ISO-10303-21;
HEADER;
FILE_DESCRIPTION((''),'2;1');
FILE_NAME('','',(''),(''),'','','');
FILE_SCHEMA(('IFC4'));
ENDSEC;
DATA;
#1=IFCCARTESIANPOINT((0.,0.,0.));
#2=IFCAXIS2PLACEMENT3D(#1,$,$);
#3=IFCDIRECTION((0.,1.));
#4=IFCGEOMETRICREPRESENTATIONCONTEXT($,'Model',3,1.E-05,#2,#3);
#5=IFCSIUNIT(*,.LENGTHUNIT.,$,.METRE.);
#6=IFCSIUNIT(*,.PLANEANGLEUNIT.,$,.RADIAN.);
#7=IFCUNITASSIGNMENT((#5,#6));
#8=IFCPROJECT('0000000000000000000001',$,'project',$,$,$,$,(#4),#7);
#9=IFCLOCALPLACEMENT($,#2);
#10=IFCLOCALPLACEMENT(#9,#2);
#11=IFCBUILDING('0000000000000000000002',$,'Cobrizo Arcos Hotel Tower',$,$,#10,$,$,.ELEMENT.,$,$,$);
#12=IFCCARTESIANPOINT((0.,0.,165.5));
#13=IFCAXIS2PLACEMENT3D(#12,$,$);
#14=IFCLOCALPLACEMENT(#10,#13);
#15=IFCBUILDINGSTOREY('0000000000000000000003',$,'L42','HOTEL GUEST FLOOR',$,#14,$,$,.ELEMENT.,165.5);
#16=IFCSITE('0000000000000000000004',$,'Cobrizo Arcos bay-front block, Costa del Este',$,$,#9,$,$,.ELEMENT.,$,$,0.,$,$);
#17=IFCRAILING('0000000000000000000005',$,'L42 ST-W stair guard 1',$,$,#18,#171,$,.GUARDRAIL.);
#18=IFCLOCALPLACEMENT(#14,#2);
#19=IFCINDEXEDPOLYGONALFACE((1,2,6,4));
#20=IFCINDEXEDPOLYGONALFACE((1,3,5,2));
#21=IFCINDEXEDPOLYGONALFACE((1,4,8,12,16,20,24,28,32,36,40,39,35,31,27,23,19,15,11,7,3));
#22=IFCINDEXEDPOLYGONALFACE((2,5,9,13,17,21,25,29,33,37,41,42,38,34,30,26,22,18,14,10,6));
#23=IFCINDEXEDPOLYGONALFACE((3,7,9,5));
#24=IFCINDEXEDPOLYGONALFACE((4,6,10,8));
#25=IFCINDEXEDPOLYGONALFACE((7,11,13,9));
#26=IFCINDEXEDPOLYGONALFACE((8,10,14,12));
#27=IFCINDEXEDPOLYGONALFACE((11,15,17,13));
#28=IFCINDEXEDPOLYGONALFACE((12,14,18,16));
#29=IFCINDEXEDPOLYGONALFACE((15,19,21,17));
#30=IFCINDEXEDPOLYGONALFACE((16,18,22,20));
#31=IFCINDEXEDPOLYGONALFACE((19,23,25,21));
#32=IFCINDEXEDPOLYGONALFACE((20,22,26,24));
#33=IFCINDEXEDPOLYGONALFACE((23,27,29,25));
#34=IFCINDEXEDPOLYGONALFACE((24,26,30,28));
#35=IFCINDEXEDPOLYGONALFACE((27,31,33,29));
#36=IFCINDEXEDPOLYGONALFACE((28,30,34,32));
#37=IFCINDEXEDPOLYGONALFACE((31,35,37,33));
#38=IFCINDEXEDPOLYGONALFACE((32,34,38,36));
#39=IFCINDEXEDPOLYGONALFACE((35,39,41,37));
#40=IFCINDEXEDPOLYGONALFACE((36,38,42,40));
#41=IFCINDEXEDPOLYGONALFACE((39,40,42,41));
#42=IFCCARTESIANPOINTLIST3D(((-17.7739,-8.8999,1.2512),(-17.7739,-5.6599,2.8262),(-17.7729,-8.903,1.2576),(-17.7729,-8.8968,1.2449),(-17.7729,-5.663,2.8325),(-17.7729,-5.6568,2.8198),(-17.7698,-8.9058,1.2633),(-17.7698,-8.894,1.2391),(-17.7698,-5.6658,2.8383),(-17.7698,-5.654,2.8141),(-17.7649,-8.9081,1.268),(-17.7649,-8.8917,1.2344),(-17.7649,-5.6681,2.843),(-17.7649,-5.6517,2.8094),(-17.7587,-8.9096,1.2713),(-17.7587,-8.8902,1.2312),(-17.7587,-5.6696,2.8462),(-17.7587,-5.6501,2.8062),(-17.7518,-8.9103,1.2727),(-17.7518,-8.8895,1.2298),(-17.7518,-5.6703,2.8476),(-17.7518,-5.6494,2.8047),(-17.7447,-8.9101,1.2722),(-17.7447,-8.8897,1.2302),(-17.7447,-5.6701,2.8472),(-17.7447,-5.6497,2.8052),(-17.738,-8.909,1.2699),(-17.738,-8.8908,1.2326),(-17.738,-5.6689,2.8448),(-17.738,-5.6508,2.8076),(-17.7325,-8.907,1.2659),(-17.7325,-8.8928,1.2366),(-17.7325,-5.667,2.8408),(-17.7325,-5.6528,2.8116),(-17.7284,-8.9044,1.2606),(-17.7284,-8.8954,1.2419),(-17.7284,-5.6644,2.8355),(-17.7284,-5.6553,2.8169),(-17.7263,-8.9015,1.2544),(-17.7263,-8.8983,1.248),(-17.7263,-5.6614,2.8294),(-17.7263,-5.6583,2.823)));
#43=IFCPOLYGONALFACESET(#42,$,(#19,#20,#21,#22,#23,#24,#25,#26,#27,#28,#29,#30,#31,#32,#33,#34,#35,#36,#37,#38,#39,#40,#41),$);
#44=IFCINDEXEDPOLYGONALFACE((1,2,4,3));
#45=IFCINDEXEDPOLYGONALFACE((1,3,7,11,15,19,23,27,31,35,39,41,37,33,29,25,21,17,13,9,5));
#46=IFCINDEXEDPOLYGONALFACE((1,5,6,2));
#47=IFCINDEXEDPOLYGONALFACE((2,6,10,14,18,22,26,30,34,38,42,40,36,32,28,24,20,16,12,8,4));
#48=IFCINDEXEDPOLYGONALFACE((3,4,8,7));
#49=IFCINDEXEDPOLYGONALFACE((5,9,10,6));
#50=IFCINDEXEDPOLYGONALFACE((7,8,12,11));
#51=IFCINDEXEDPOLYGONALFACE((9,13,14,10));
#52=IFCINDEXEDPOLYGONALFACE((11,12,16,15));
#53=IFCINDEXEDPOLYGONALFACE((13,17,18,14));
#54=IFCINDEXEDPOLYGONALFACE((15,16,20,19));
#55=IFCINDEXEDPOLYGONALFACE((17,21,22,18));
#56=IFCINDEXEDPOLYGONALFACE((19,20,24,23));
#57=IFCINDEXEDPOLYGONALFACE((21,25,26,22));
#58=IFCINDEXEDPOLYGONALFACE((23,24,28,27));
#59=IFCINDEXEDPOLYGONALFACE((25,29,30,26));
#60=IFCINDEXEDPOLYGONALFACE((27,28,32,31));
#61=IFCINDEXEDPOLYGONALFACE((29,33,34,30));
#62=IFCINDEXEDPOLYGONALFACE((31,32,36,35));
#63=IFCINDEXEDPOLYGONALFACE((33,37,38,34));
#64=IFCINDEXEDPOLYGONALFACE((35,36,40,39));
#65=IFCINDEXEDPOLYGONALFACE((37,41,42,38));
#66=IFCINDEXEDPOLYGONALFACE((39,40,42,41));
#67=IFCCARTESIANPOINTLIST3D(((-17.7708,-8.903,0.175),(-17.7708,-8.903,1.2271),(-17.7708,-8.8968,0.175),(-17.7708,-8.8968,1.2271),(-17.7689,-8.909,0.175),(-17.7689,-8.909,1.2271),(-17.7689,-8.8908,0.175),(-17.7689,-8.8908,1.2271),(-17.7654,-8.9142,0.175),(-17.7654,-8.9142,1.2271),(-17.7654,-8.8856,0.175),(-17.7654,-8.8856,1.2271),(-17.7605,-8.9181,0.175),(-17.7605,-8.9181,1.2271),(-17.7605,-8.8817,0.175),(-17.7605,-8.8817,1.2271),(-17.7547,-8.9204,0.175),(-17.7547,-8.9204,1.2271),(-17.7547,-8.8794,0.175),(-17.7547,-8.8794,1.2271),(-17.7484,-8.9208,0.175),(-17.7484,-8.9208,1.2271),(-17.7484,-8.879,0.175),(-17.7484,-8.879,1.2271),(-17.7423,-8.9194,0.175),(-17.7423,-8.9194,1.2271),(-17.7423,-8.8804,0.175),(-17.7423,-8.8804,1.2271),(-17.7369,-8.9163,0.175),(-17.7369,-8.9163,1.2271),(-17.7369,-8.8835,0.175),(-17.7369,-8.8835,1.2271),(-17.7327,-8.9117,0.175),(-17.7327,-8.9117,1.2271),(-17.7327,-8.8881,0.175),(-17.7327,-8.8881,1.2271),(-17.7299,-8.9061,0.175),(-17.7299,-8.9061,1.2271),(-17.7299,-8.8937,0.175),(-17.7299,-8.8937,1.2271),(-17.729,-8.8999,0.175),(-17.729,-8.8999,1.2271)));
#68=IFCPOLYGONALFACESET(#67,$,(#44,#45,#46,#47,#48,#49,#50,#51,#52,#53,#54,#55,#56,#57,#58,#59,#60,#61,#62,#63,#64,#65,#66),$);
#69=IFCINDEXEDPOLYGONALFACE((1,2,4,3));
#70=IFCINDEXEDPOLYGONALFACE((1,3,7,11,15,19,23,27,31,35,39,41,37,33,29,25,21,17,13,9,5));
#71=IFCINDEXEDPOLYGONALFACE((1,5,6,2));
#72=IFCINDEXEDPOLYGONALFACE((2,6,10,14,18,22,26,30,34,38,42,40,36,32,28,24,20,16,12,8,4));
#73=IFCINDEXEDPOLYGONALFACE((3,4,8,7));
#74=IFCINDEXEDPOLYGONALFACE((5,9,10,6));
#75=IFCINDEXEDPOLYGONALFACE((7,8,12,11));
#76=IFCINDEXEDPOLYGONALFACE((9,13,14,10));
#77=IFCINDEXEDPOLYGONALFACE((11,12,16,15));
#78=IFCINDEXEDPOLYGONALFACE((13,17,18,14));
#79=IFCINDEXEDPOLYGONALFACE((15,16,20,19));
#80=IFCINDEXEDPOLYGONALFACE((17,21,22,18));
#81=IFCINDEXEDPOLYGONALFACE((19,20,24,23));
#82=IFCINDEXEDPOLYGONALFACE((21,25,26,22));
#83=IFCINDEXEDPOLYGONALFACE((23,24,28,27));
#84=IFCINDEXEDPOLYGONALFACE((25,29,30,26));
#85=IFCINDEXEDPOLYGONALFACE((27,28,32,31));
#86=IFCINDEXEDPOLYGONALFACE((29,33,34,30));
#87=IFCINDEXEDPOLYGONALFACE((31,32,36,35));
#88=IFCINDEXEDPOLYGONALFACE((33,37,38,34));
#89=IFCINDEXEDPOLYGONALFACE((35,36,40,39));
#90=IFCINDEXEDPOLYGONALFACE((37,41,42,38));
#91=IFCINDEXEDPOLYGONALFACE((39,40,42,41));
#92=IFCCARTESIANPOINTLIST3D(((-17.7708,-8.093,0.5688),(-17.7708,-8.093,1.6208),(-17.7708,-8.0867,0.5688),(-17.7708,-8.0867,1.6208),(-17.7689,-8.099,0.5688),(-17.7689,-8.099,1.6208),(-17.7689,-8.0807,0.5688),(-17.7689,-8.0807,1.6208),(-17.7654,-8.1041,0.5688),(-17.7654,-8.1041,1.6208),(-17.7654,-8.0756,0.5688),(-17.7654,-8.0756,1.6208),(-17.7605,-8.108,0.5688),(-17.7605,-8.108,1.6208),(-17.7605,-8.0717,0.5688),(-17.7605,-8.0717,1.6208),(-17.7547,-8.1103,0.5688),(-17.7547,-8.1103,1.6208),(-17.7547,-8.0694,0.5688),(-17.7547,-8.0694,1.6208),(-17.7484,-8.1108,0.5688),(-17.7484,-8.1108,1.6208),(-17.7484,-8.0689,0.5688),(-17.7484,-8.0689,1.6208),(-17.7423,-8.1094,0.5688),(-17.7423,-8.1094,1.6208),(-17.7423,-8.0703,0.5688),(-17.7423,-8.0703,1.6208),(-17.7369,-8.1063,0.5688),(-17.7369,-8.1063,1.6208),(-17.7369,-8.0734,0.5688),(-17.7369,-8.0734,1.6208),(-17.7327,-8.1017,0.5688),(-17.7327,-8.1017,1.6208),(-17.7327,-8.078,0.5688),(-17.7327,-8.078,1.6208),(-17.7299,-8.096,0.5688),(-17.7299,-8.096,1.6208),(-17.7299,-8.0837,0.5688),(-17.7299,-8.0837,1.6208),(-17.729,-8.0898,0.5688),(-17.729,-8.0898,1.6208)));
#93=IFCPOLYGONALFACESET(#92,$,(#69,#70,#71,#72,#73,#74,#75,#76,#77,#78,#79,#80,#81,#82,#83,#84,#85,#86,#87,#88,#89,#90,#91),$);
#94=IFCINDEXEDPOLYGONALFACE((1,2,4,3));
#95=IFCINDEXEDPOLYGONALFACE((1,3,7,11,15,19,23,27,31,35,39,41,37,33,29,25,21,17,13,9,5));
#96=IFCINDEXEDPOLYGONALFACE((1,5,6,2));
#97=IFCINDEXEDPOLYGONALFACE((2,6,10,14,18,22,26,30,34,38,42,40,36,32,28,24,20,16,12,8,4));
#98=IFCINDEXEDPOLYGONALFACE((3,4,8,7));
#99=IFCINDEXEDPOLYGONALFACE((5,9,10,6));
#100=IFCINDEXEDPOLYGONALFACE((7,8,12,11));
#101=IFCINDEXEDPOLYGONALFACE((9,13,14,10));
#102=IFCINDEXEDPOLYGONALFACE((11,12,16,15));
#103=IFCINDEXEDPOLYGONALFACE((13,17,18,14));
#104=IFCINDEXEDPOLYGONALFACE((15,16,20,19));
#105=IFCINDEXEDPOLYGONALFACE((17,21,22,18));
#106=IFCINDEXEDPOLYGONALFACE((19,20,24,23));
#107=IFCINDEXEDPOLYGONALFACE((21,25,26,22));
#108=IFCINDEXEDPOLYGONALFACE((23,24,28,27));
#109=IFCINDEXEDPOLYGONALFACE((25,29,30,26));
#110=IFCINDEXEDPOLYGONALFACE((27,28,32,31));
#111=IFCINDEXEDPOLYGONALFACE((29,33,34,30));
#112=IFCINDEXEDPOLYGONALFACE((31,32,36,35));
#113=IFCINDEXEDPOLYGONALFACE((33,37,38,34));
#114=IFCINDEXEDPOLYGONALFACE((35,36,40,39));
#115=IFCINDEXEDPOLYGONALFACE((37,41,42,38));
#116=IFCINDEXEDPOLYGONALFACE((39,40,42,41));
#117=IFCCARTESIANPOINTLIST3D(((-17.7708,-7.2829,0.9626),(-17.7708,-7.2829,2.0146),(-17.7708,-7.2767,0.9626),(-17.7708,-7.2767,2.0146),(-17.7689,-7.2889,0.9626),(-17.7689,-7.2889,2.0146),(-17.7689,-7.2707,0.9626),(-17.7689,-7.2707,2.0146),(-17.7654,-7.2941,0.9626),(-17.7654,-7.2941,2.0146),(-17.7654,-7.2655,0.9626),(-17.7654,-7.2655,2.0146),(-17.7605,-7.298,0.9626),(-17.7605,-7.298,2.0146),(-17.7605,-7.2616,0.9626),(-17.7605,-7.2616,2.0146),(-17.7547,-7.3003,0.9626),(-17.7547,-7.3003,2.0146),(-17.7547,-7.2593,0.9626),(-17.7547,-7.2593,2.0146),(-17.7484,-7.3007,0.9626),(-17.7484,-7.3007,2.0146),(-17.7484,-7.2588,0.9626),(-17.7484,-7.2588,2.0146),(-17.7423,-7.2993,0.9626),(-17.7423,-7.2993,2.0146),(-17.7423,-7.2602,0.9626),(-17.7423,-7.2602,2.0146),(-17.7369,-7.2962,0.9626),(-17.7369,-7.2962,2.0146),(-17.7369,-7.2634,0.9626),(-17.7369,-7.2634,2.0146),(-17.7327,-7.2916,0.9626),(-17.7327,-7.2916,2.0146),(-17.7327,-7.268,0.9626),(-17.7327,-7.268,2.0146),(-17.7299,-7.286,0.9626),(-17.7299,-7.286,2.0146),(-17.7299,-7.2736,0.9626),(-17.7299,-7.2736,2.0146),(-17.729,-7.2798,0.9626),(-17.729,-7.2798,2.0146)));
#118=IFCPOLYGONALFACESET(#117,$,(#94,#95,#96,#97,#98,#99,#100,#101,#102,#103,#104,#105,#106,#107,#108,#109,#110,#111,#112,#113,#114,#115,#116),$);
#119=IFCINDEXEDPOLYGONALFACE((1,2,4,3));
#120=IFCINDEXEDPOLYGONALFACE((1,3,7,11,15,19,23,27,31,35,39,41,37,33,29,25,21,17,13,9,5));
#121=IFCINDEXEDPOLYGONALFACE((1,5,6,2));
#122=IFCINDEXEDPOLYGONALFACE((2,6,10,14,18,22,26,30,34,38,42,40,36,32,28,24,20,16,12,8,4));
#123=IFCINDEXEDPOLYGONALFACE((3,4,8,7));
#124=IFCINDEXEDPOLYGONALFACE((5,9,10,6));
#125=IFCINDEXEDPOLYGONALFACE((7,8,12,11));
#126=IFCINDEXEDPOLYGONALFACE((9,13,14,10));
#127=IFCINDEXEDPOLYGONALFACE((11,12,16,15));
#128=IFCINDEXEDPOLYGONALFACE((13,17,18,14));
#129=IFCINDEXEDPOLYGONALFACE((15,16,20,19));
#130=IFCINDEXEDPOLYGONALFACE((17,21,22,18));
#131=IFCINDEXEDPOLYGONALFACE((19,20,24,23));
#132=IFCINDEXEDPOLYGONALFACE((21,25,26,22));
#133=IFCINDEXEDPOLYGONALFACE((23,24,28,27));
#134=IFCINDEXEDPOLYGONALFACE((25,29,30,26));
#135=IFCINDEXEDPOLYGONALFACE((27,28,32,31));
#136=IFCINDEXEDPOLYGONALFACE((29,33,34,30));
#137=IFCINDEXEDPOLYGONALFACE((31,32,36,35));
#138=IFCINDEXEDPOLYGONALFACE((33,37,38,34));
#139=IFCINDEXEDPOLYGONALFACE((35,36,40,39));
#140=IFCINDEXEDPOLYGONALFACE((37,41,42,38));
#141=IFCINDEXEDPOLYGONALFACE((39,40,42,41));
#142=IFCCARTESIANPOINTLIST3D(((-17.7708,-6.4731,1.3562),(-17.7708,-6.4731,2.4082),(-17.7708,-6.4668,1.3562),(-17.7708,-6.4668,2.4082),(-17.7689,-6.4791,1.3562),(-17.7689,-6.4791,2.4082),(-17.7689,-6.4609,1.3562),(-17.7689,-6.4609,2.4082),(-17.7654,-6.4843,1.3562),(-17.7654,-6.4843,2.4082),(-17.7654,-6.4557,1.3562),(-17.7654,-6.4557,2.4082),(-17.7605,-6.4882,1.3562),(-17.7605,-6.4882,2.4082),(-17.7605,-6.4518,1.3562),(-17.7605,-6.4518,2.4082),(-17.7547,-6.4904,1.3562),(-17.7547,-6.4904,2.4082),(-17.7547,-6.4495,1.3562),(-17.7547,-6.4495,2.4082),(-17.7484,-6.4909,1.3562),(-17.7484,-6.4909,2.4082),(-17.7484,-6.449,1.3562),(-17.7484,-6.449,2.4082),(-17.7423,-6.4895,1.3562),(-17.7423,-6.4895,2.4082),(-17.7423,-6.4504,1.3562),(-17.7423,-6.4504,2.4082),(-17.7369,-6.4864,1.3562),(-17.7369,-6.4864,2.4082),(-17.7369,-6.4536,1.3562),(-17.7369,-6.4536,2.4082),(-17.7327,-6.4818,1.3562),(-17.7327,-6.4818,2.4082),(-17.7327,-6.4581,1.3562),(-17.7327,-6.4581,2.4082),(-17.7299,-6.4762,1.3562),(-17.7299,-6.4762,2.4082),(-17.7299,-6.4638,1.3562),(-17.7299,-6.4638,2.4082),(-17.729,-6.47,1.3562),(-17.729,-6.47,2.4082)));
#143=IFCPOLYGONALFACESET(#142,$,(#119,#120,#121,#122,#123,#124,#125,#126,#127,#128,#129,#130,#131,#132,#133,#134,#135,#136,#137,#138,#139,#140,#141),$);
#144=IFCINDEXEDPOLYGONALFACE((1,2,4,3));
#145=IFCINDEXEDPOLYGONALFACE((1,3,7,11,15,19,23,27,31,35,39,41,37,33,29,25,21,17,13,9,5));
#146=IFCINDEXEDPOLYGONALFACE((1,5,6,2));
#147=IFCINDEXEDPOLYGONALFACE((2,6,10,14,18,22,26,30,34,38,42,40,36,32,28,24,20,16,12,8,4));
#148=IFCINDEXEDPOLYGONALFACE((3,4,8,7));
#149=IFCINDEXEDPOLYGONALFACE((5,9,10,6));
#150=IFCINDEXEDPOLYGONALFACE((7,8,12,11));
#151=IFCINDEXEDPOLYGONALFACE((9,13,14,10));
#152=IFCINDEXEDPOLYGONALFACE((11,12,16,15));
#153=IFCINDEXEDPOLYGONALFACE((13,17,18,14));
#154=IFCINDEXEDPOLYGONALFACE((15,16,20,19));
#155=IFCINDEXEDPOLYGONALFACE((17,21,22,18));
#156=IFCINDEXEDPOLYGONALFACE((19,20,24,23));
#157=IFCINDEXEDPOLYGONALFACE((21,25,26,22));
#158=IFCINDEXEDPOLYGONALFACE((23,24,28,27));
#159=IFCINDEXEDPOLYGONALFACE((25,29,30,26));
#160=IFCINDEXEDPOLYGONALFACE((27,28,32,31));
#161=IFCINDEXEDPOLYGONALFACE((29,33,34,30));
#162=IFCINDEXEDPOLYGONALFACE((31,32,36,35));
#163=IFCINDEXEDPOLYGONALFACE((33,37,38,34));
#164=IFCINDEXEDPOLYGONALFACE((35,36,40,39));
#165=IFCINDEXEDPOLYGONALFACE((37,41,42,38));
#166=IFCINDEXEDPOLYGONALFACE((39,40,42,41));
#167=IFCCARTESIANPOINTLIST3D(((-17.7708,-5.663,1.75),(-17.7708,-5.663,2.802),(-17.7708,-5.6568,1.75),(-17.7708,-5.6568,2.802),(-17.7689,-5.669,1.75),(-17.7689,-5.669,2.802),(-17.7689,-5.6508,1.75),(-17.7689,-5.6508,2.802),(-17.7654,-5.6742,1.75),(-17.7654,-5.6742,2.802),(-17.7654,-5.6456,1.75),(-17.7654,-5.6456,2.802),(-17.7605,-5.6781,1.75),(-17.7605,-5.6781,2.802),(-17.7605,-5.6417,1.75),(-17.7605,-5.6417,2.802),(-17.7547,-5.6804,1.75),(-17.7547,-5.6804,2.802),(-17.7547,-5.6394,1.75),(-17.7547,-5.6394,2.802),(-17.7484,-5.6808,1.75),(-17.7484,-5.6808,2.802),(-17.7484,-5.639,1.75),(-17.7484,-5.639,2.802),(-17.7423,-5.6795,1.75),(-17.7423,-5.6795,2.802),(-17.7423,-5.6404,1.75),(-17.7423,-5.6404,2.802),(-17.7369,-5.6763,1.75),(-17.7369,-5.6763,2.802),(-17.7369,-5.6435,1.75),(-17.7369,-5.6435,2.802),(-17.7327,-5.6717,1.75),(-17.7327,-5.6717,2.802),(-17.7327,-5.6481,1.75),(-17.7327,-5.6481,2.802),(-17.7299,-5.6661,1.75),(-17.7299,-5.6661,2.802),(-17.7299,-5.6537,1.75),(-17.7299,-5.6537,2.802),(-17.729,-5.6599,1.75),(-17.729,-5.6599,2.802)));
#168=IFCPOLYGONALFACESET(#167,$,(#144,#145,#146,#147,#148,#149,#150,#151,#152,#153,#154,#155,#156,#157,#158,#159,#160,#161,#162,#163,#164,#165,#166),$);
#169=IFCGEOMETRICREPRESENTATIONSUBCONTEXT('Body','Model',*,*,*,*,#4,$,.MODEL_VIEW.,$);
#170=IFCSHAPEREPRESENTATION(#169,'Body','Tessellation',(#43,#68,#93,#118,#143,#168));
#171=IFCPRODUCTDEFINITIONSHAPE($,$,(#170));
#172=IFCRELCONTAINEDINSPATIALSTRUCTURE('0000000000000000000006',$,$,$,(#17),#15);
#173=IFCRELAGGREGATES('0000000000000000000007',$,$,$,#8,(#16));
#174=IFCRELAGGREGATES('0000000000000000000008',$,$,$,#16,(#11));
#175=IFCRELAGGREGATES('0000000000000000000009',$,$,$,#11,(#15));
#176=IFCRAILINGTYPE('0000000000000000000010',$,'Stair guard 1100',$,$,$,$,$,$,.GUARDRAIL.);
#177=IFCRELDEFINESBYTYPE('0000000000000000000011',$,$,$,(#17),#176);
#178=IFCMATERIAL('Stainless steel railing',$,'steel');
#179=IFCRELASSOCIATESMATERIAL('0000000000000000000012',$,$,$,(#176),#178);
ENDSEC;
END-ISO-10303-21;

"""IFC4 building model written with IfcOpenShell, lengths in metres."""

from ifc_helpers import new_model, si_unit, direction, frame, origin, origin_2d, place, context, subcontext, project, spatial, circle, extrude, material, type_object, element, save


model = new_model("IFC4")

# Units and contexts
model_context = context("Model", 3, precision=1e-05, world=origin(), true_north=direction((0.0, 1.0)))
body_context = subcontext(model_context, "Body", "Model", "MODEL_VIEW")
ifc_project = project(units=[si_unit("LENGTHUNIT", "METRE"), si_unit("PLANEANGLEUNIT", "RADIAN")], contexts=[model_context])

# Site, building, storey
site_placement = place(None, origin())
site = spatial("IfcSite", under=ifc_project, at=site_placement, Name="Cobrizo Arcos bay-front block, Costa del Este", CompositionType="ELEMENT", RefElevation=0.0)
building_placement = place(site_placement, origin())
building = spatial("IfcBuilding", under=site, at=building_placement, Name="Cobrizo Arcos Hotel Tower", CompositionType="ELEMENT")
storey_placement = place(building_placement, frame((0.0, 0.0, 165.5)))
storey = spatial("IfcBuildingStorey", under=building, at=storey_placement, Name="L42", Description="HOTEL GUEST FLOOR", CompositionType="ELEMENT", Elevation=165.5)

# Railing
ifc_material_1 = material(Name="Stainless steel railing", Category="steel")
railing_type_1 = type_object("IfcRailingType", Name="Stair guard 1100", PredefinedType="GUARDRAIL", material=ifc_material_1)
railing_1_placement = place(storey_placement, frame((-17.75, -8.8999, 0.175)))
element("IfcRailing", 1, at=railing_1_placement, inside=storey, type_object=railing_type_1, Name="L42 ST-W stair guard 1", PredefinedType="GUARDRAIL", context=body_context, shape_type="SweptSolid", body=[
    extrude(circle(Radius=0.0239, at=origin_2d()), frame((0.0, 0.0, 1.0762), z_axis=(0.0, 0.899373, 0.437183), x_axis=(-1.0, 0.0, 0.0)), (0.0, 0.0, 1.0), 3.6025),
    extrude(circle(Radius=0.021, at=origin_2d()), origin(), (0.0, 0.0, 1.0), 1.052),
    extrude(circle(Radius=0.021, at=origin_2d()), frame((0.0, 0.8101, 0.3938)), (0.0, 0.0, 1.0), 1.052),
    extrude(circle(Radius=0.021, at=origin_2d()), frame((0.0, 1.6201, 0.7876)), (0.0, 0.0, 1.0), 1.052),
    extrude(circle(Radius=0.021, at=origin_2d()), frame((0.0, 2.4299, 1.1812)), (0.0, 0.0, 1.0), 1.052),
    extrude(circle(Radius=0.021, at=origin_2d()), frame((0.0, 3.24, 1.575)), (0.0, 0.0, 1.0), 1.052),
])

save(model, "model.ifc")
